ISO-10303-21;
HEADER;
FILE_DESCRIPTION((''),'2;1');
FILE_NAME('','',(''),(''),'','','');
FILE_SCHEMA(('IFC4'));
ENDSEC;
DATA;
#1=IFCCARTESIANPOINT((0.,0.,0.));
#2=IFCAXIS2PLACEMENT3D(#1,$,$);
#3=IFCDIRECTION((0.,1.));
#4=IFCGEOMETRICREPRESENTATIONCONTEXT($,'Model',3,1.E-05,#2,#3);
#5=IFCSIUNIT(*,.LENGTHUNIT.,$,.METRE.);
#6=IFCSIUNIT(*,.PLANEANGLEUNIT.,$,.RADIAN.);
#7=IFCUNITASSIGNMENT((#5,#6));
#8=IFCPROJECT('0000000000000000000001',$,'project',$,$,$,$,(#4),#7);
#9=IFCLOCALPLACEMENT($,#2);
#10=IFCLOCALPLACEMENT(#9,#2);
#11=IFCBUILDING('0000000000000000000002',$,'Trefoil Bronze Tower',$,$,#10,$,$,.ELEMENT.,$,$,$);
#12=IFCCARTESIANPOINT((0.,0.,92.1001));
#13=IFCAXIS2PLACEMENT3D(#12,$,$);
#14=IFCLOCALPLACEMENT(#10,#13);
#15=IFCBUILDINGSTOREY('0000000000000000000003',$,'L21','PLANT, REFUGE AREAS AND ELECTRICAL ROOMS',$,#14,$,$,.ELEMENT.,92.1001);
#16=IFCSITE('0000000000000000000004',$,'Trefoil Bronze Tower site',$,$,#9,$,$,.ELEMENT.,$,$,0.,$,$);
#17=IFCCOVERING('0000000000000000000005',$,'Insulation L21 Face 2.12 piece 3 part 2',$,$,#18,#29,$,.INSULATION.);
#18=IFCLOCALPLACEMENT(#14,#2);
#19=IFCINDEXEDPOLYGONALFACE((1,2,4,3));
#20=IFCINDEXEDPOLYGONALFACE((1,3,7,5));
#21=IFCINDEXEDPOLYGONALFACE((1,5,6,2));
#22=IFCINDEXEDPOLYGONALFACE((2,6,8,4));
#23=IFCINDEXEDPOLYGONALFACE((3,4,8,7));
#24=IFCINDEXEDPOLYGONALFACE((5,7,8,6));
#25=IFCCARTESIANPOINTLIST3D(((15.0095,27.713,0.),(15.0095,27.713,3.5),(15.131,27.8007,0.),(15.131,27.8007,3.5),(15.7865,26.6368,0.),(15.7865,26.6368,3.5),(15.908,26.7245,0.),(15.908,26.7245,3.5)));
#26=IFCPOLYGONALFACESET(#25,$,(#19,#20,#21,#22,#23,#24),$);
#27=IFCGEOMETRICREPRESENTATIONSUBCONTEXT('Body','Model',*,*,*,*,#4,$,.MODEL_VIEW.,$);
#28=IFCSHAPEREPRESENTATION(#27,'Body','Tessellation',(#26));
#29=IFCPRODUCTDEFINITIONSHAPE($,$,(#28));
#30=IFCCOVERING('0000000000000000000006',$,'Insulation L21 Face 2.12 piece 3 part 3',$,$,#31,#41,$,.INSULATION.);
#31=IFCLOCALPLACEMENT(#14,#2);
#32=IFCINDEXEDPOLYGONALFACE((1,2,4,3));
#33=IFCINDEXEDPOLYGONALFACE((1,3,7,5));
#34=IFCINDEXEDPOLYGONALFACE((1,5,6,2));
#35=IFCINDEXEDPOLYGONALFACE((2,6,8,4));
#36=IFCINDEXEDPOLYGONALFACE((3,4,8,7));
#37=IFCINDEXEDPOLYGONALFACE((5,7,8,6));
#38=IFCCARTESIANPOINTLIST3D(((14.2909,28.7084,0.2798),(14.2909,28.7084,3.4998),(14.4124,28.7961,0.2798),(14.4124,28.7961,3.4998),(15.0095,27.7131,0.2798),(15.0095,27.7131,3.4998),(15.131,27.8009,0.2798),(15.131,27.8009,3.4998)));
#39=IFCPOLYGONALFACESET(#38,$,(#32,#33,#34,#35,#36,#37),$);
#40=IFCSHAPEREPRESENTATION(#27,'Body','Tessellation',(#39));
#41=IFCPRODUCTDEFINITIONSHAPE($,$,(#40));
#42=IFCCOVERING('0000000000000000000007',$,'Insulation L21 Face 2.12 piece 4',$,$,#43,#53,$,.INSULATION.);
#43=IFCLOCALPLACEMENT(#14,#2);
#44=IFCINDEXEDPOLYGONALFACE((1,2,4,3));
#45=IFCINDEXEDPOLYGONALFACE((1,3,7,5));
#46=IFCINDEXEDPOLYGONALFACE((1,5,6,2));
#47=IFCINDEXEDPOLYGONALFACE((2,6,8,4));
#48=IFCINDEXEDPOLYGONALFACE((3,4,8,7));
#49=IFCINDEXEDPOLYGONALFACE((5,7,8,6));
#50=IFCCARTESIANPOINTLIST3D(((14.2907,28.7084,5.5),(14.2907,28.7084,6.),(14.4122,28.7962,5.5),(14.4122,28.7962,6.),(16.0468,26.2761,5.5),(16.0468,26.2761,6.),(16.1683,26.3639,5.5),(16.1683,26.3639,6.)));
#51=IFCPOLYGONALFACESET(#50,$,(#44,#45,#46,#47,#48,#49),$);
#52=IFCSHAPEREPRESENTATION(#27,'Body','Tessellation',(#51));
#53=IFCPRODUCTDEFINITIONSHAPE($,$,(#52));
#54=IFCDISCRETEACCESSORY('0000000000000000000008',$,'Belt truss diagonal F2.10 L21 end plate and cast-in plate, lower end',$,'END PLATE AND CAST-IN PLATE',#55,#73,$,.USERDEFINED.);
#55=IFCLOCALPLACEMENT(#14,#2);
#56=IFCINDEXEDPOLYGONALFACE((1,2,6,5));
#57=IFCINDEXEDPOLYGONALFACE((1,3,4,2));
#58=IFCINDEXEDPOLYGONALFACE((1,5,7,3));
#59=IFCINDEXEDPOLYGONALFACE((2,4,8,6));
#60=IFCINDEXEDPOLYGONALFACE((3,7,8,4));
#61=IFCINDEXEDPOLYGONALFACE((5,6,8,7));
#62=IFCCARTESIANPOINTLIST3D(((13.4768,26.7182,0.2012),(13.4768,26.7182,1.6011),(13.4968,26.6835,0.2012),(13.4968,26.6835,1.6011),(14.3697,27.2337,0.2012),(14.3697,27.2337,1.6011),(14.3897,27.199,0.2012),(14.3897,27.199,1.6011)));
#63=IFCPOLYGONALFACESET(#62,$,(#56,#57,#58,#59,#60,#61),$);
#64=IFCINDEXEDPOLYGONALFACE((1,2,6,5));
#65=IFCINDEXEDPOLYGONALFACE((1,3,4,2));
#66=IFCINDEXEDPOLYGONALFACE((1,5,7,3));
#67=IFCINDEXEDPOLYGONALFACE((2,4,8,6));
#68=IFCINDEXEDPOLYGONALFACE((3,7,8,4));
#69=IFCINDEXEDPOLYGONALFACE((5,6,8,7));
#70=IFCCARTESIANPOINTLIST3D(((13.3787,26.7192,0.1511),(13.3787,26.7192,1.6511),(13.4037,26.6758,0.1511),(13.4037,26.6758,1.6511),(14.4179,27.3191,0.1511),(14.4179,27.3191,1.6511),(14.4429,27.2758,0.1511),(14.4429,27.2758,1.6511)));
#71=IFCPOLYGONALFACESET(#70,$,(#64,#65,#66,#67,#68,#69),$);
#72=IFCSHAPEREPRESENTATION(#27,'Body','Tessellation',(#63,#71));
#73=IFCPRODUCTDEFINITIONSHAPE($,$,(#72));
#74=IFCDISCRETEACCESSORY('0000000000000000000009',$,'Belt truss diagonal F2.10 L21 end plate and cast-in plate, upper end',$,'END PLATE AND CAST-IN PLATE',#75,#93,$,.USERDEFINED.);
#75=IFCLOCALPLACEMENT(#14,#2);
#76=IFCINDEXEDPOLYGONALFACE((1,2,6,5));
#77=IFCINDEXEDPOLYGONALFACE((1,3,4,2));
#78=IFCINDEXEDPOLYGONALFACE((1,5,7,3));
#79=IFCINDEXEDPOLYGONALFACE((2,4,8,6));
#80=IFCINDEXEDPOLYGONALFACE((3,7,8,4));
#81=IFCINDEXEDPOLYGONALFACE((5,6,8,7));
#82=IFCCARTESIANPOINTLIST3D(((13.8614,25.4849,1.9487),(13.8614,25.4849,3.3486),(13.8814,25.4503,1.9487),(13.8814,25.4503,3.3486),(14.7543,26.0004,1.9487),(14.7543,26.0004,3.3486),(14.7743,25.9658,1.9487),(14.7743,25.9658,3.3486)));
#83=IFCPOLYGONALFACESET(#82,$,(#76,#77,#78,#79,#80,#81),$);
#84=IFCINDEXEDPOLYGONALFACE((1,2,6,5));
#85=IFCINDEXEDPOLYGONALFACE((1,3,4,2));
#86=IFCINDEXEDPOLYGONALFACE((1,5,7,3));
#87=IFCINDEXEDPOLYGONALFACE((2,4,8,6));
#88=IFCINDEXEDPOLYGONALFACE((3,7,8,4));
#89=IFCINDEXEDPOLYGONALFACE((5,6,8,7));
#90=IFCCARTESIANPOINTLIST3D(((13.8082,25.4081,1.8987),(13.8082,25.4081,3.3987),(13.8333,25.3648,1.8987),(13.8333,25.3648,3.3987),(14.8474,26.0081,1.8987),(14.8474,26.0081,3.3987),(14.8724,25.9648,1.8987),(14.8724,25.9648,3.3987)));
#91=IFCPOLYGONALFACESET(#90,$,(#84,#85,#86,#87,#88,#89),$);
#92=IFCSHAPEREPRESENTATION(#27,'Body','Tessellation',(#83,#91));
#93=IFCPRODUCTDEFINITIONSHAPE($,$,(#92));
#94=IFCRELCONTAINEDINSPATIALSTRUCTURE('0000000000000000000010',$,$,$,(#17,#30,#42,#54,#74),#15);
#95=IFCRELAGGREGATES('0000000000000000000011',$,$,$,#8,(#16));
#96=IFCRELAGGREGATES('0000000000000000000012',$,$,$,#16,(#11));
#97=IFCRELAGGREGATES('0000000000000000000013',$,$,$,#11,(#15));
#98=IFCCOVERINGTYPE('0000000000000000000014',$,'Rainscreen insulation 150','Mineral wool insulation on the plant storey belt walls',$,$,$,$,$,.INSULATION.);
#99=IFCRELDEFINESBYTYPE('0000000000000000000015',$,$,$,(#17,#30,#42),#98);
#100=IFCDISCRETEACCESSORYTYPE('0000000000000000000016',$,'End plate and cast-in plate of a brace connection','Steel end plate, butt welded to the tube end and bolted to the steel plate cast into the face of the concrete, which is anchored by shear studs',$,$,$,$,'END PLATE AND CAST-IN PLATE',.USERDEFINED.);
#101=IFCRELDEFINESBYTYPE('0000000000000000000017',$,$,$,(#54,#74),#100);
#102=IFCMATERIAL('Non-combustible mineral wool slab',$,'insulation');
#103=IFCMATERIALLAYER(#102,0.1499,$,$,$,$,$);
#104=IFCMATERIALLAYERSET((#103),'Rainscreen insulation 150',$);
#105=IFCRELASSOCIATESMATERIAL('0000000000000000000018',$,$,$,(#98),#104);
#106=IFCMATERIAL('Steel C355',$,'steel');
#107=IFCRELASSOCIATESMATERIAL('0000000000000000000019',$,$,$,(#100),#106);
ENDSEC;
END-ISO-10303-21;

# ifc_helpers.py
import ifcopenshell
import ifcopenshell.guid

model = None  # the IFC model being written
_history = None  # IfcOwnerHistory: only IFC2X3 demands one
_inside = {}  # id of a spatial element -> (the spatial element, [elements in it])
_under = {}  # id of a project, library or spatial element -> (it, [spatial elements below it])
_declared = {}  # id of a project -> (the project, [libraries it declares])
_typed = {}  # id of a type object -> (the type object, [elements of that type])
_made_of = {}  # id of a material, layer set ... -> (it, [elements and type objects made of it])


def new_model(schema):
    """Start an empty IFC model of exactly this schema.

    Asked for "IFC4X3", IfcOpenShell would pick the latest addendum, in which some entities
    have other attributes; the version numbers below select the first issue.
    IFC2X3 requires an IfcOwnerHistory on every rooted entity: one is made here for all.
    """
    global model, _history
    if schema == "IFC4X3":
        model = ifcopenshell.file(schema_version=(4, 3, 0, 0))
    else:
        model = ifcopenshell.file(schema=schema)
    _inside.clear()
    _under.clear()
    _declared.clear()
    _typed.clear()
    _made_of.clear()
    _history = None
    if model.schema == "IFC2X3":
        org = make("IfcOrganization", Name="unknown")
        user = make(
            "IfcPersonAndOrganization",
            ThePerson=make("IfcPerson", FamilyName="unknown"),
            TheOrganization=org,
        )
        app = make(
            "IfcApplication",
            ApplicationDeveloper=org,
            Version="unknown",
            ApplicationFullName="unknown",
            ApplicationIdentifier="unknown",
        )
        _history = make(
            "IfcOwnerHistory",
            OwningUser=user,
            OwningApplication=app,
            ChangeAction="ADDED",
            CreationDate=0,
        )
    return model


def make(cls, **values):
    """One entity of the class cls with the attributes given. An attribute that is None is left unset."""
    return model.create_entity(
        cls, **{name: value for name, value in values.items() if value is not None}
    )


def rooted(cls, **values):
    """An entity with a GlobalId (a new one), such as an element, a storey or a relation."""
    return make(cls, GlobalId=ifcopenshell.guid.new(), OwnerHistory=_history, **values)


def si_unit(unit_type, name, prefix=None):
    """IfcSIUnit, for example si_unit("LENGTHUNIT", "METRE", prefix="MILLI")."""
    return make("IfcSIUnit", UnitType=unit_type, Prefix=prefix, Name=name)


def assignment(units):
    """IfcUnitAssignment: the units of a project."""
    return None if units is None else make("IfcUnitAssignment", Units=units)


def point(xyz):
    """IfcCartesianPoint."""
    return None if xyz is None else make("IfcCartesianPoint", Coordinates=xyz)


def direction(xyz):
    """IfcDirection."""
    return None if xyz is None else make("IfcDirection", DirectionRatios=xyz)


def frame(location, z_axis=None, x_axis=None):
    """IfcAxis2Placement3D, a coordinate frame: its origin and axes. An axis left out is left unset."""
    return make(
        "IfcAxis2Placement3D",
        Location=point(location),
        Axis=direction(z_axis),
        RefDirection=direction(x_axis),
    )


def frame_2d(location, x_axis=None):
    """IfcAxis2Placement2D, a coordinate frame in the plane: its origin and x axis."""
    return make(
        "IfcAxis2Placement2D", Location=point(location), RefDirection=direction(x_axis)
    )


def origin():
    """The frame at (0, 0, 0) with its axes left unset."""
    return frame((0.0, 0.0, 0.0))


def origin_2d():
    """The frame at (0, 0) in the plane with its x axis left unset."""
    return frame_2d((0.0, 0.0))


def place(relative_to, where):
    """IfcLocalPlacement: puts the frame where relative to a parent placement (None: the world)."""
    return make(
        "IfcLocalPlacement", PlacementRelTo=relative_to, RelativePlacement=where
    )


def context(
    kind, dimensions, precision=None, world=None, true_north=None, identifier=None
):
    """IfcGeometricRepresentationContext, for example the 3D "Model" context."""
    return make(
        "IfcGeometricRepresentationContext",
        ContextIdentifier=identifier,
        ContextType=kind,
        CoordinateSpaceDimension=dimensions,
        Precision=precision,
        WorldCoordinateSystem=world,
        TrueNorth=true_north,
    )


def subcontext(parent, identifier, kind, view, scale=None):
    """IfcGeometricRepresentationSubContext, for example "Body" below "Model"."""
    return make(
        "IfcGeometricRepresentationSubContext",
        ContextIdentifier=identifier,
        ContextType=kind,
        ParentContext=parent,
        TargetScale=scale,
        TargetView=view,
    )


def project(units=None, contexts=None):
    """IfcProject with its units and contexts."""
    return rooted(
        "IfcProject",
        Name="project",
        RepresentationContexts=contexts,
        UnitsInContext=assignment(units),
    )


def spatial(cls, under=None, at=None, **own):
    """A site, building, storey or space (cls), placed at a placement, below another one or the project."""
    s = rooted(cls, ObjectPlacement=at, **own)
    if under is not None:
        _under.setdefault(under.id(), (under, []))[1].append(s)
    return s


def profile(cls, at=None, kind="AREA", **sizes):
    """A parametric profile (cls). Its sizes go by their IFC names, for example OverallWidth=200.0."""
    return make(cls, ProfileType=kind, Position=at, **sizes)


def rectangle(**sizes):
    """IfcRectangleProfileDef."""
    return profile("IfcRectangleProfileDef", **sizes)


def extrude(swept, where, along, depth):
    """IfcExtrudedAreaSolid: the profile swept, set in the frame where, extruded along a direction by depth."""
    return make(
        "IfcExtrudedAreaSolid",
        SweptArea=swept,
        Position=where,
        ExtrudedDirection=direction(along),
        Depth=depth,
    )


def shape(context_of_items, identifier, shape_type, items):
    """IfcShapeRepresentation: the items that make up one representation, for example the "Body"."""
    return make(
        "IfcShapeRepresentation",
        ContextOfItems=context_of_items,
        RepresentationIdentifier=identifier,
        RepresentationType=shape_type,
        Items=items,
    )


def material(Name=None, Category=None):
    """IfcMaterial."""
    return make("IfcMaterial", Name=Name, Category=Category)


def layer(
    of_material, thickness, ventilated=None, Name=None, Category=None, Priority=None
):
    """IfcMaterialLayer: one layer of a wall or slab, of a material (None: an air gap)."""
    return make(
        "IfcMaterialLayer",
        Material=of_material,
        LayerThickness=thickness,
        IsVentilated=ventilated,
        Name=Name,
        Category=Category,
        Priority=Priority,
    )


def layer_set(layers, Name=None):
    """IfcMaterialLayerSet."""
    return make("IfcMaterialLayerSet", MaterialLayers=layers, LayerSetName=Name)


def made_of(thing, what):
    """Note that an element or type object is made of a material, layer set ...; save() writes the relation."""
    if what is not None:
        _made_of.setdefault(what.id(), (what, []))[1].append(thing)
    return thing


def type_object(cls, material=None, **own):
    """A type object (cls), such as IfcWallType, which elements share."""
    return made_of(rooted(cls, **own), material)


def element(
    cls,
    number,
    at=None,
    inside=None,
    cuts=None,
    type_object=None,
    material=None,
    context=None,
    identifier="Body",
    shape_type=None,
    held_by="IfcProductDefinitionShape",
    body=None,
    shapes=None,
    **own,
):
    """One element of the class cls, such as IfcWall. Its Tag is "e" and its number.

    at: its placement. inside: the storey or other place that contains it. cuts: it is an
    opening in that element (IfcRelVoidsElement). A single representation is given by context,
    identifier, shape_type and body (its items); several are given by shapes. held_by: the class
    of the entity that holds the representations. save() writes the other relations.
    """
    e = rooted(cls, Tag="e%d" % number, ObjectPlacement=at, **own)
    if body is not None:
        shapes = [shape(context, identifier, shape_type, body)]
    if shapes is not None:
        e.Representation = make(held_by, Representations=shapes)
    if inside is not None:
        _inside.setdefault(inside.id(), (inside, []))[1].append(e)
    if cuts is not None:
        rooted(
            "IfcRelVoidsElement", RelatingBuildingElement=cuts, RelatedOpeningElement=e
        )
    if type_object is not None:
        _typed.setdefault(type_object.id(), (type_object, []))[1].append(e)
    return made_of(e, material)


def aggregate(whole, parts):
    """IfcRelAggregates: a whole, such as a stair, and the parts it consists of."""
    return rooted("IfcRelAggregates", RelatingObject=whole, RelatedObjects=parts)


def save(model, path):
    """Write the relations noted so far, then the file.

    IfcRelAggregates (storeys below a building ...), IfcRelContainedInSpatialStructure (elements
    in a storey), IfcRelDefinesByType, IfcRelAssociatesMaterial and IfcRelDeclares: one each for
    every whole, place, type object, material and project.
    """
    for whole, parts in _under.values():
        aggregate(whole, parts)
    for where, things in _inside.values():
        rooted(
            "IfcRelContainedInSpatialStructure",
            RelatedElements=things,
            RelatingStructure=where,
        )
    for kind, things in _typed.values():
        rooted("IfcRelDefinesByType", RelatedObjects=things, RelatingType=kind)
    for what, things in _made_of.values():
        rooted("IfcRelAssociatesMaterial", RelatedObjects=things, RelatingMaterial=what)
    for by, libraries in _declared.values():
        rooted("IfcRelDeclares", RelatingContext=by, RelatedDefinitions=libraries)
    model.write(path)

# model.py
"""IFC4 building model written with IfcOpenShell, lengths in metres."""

from ifc_helpers import new_model, si_unit, direction, frame, origin, origin_2d, place, context, subcontext, project, spatial, rectangle, extrude, material, layer, layer_set, type_object, element, save


model = new_model("IFC4")

# Units and contexts
model_context = context("Model", 3, precision=1e-05, world=origin(), true_north=direction((0.0, 1.0)))
body_context = subcontext(model_context, "Body", "Model", "MODEL_VIEW")
ifc_project = project(units=[si_unit("LENGTHUNIT", "METRE"), si_unit("PLANEANGLEUNIT", "RADIAN")], contexts=[model_context])

# Site, building, storey
site_placement = place(None, origin())
site = spatial("IfcSite", under=ifc_project, at=site_placement, Name="Trefoil Bronze Tower site", CompositionType="ELEMENT", RefElevation=0.0)
building_placement = place(site_placement, origin())
building = spatial("IfcBuilding", under=site, at=building_placement, Name="Trefoil Bronze Tower", CompositionType="ELEMENT")
storey_placement = place(building_placement, frame((0.0, 0.0, 92.1001)))
storey = spatial("IfcBuildingStorey", under=building, at=storey_placement, Name="L21", Description="PLANT, REFUGE AREAS AND ELECTRICAL ROOMS", CompositionType="ELEMENT", Elevation=92.1001)

# Coverings
ifc_material_1 = material(Name="Non-combustible mineral wool slab", Category="insulation")
ifc_layer_1 = layer(ifc_material_1, 0.1499)
ifc_layer_set_1 = layer_set([ifc_layer_1], Name="Rainscreen insulation 150")
covering_type_1 = type_object("IfcCoveringType", Name="Rainscreen insulation 150", Description="Mineral wool insulation on the plant storey belt walls", PredefinedType="INSULATION", material=ifc_layer_set_1)
covering_1_placement = place(storey_placement, frame((15.4587, 27.2188, 0.0), z_axis=(0.0, 0.0, 1.0), x_axis=(-0.585373, 0.810764, 0.0)))
element("IfcCovering", 1, at=covering_1_placement, inside=storey, type_object=covering_type_1, Name="Insulation L21 Face 2.12 piece 3 part 2", PredefinedType="INSULATION", context=body_context, shape_type="SweptSolid", body=[
    extrude(rectangle(XDim=1.3274, YDim=0.1499, at=origin_2d()), origin(), (0.0, 0.0, 1.0), 3.5),
])
covering_2_placement = place(storey_placement, frame((14.7109, 28.2546, 0.2798), z_axis=(0.0, 0.0, 1.0), x_axis=(-0.585373, 0.810764, 0.0)))
element("IfcCovering", 2, at=covering_2_placement, inside=storey, type_object=covering_type_1, Name="Insulation L21 Face 2.12 piece 3 part 3", PredefinedType="INSULATION", context=body_context, shape_type="SweptSolid", body=[
    extrude(rectangle(XDim=1.2275, YDim=0.1499, at=origin_2d()), origin(), (0.0, 0.0, 1.0), 3.22),
])
covering_3_placement = place(storey_placement, frame((15.2295, 27.5361, 5.5), z_axis=(0.0, 0.0, 1.0), x_axis=(-0.585373, 0.810764, 0.0)))
element("IfcCovering", 3, at=covering_3_placement, inside=storey, type_object=covering_type_1, Name="Insulation L21 Face 2.12 piece 4", PredefinedType="INSULATION", context=body_context, shape_type="SweptSolid", body=[
    extrude(rectangle(XDim=3.0, YDim=0.1499, at=origin_2d()), origin(), (0.0, 0.0, 1.0), 0.5),
])

# Discrete accessories
ifc_material_2 = material(Name="Steel C355", Category="steel")
discrete_accessory_type = type_object("IfcDiscreteAccessoryType", Name="End plate and cast-in plate of a brace connection", Description="Steel end plate, butt welded to the tube end and bolted to the steel plate cast into the face of the concrete, which is anchored by shear studs", ElementType="END PLATE AND CAST-IN PLATE", PredefinedType="USERDEFINED", material=ifc_material_2)
discrete_accessory_1_placement = place(storey_placement, frame((13.9236, 26.9758, 0.9011), z_axis=(0.0, 0.0, 1.0), x_axis=(0.5, -0.866025, 0.0)))
element("IfcDiscreteAccessory", 4, at=discrete_accessory_1_placement, inside=storey, type_object=discrete_accessory_type, Name="Belt truss diagonal F2.10 L21 end plate and cast-in plate, lower end", ObjectType="END PLATE AND CAST-IN PLATE", PredefinedType="USERDEFINED", context=body_context, shape_type="SweptSolid", body=[
    extrude(rectangle(XDim=0.04, YDim=1.031, at=origin_2d()), frame((0.0198, -0.0002, -0.7)), (0.0, 0.0, 1.0), 1.3999),
    extrude(rectangle(XDim=0.05, YDim=1.2, at=origin_2d()), frame((-0.0251, -0.0002, -0.75)), (0.0, 0.0, 1.0), 1.5),
])
discrete_accessory_2_placement = place(storey_placement, frame((14.3279, 25.708, 2.6487), z_axis=(0.0, 0.0, 1.0), x_axis=(-0.5, 0.866025, 0.0)))
element("IfcDiscreteAccessory", 5, at=discrete_accessory_2_placement, inside=storey, type_object=discrete_accessory_type, Name="Belt truss diagonal F2.10 L21 end plate and cast-in plate, upper end", ObjectType="END PLATE AND CAST-IN PLATE", PredefinedType="USERDEFINED", context=body_context, shape_type="SweptSolid", body=[
    extrude(rectangle(XDim=0.04, YDim=1.031, at=origin_2d()), frame((0.02, 0.0, -0.7)), (0.0, 0.0, 1.0), 1.3999),
    extrude(rectangle(XDim=0.05, YDim=1.2, at=origin_2d()), frame((-0.0249, 0.0, -0.75)), (0.0, 0.0, 1.0), 1.5),
])

save(model, "model.ifc")
